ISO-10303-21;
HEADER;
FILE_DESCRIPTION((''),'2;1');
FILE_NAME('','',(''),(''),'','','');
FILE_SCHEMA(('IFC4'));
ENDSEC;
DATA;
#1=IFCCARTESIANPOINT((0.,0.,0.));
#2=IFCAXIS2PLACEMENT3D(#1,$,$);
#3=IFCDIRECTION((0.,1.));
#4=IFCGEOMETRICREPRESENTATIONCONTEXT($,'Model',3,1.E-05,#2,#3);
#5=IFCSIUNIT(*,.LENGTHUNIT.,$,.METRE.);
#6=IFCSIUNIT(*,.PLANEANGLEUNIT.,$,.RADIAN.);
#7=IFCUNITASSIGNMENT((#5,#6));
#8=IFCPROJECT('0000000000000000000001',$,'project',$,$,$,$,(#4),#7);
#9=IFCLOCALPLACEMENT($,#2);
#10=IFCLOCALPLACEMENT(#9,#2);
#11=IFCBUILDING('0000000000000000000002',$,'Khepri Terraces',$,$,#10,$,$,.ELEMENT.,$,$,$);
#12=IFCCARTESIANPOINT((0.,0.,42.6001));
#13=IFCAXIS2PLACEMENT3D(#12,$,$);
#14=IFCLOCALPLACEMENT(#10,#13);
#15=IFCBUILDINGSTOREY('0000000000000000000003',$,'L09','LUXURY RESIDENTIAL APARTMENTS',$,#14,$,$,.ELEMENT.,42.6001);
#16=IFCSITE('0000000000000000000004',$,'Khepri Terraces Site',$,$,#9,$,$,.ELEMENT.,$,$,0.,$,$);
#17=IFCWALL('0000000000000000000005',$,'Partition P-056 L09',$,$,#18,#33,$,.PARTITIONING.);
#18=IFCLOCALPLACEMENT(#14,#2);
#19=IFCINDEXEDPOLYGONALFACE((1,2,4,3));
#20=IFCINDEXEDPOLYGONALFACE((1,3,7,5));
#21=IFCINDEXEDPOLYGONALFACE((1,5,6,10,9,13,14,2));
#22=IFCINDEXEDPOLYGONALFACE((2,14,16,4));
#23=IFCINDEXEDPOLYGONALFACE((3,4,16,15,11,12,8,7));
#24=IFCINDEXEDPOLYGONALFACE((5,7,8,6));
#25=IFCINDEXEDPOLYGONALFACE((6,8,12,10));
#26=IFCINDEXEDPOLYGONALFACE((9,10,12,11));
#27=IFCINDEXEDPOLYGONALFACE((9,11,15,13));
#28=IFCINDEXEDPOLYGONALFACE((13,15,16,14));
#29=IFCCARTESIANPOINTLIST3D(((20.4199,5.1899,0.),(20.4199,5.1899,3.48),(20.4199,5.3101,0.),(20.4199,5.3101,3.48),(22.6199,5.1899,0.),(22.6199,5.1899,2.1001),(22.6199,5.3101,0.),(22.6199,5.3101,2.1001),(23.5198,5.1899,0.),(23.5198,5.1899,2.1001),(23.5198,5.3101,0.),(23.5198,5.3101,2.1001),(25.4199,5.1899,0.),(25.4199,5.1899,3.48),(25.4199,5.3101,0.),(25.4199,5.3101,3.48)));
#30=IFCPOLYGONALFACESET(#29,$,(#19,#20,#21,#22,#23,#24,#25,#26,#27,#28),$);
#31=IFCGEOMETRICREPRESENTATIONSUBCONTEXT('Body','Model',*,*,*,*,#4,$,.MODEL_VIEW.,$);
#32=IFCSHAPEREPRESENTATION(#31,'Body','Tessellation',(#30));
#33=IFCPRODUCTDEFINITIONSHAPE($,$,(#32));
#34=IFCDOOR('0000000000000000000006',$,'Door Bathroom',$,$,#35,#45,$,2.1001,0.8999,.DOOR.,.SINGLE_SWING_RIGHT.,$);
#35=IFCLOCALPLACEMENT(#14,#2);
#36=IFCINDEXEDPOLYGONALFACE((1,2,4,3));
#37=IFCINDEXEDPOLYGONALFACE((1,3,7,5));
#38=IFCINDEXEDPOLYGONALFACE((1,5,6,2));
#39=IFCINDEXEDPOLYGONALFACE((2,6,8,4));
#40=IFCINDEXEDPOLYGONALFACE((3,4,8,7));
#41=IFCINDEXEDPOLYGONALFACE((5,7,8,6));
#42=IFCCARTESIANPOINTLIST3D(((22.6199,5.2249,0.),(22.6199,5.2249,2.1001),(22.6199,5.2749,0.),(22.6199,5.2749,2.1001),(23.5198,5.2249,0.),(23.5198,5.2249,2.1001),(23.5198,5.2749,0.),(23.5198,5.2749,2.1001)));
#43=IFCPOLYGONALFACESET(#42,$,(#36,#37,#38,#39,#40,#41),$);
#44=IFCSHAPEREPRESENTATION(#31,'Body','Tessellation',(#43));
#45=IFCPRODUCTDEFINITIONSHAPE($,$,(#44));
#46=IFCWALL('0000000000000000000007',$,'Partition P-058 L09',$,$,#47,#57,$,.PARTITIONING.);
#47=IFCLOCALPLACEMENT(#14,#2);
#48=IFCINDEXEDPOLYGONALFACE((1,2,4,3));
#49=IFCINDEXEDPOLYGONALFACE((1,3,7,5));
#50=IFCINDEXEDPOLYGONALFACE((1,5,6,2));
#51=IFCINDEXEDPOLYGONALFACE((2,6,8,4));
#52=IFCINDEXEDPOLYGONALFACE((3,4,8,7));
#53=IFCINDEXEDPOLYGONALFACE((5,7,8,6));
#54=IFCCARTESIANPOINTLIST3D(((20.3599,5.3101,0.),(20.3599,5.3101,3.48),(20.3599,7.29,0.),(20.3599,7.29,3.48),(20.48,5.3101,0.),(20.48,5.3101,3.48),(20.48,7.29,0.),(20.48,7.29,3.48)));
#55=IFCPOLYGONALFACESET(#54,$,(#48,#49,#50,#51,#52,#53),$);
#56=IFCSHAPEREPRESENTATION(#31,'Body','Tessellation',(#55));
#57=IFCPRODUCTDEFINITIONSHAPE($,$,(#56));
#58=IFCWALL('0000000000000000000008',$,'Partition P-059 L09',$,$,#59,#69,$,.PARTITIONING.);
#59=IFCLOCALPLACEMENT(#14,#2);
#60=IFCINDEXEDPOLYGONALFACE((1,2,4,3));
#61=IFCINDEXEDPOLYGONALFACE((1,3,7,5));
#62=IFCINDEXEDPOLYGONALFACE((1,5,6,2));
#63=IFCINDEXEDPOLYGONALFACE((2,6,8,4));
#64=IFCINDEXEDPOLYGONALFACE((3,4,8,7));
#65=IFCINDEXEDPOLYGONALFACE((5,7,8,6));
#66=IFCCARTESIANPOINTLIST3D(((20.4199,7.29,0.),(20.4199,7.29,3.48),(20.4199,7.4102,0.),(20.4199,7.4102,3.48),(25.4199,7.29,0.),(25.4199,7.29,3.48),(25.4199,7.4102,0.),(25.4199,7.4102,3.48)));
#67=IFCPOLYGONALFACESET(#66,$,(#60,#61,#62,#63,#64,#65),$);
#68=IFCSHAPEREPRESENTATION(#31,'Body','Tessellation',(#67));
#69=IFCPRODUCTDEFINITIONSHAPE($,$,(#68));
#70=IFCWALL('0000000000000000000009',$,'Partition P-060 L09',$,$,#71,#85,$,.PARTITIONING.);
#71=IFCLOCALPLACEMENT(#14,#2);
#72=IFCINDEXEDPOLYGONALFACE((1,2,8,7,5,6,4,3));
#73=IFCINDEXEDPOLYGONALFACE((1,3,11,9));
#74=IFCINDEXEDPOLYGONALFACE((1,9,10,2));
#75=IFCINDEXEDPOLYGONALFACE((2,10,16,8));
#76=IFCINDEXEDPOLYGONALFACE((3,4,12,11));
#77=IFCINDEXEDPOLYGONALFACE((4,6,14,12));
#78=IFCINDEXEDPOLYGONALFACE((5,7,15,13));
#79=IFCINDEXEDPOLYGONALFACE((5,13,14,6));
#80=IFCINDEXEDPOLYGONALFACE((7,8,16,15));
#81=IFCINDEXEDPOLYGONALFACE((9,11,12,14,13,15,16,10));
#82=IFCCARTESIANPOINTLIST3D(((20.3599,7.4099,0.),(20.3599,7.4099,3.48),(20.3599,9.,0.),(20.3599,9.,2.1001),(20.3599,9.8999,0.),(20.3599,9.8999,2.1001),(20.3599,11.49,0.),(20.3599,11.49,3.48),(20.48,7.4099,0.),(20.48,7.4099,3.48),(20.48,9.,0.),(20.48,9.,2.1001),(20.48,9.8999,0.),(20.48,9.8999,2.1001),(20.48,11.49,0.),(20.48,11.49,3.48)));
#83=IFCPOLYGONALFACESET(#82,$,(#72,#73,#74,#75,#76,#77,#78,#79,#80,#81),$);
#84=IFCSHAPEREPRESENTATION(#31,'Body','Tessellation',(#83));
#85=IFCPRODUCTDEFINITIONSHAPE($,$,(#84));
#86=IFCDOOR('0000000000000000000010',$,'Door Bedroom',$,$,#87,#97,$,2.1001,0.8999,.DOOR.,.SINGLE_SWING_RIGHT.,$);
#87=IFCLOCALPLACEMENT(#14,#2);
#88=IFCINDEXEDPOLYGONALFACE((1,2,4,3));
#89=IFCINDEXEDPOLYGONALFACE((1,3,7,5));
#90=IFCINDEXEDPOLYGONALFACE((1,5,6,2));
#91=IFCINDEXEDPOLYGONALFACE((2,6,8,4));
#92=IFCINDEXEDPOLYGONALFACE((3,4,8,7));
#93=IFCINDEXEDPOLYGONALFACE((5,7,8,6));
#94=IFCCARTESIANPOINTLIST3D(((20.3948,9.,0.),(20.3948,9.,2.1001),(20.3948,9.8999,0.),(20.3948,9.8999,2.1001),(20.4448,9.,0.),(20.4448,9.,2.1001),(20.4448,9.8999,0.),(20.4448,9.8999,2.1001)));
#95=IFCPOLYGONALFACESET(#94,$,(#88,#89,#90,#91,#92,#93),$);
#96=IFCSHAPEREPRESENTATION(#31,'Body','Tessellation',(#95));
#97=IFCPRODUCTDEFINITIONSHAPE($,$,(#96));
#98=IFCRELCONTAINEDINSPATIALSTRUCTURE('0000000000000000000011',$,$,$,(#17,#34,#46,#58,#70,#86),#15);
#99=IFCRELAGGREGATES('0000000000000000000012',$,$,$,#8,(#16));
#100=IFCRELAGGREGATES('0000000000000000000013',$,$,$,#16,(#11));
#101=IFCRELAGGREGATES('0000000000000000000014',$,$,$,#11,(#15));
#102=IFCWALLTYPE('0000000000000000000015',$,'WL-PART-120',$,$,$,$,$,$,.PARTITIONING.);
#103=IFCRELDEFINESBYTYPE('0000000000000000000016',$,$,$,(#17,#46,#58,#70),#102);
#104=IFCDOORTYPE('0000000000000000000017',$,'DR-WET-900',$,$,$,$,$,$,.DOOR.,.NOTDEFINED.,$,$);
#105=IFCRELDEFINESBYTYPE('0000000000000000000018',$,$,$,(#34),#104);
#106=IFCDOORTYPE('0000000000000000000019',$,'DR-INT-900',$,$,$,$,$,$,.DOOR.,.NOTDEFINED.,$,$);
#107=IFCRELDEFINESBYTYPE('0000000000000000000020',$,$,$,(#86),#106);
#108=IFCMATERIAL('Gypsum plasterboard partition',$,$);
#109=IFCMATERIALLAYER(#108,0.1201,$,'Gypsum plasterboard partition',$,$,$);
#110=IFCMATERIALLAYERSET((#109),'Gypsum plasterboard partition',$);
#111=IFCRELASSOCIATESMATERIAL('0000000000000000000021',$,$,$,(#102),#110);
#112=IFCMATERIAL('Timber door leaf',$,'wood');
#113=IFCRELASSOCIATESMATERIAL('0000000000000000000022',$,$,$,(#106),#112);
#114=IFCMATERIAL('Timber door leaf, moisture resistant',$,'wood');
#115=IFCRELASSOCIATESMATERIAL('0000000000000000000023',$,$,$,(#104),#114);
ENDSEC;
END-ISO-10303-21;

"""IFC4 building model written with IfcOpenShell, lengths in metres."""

from ifc_helpers import new_model, si_unit, direction, frame, frame_2d, origin, place, context, subcontext, project, spatial, rectangle, extrude, material, layer, layer_set, type_object, element, fill, save


model = new_model("IFC4")

# Units and contexts
model_context = context("Model", 3, precision=1e-05, world=origin(), true_north=direction((0.0, 1.0)))
body_context = subcontext(model_context, "Body", "Model", "MODEL_VIEW")
ifc_project = project(units=[si_unit("LENGTHUNIT", "METRE"), si_unit("PLANEANGLEUNIT", "RADIAN")], contexts=[model_context])

# Site, building, storey
site_placement = place(None, origin())
site = spatial("IfcSite", under=ifc_project, at=site_placement, Name="Khepri Terraces Site", CompositionType="ELEMENT", RefElevation=0.0)
building_placement = place(site_placement, origin())
building = spatial("IfcBuilding", under=site, at=building_placement, Name="Khepri Terraces", CompositionType="ELEMENT")
storey_placement = place(building_placement, frame((0.0, 0.0, 42.6001)))
storey = spatial("IfcBuildingStorey", under=building, at=storey_placement, Name="L09", Description="LUXURY RESIDENTIAL APARTMENTS", CompositionType="ELEMENT", Elevation=42.6001)

# Shared definitions
ifc_material_1 = material(Name="Gypsum plasterboard partition")
ifc_layer_1 = layer(ifc_material_1, 0.1201, Name="Gypsum plasterboard partition")
ifc_layer_set_1 = layer_set([ifc_layer_1], Name="Gypsum plasterboard partition")
wall_type_1 = type_object("IfcWallType", Name="WL-PART-120", PredefinedType="PARTITIONING", material=ifc_layer_set_1)

# Shared definitions
ifc_material_2 = material(Name="Timber door leaf", Category="wood")
door_type_1 = type_object("IfcDoorType", Name="DR-INT-900", OperationType="NOTDEFINED", PredefinedType="DOOR", material=ifc_material_2)

# Wall, opening, door
wall_1_placement = place(storey_placement, frame((20.4199, 5.25, 0.0), z_axis=(0.0, 0.0, 1.0), x_axis=(1.0, 0.0, 0.0)))
wall_1 = element("IfcWall", 1, at=wall_1_placement, inside=storey, type_object=wall_type_1, Name="Partition P-056 L09", PredefinedType="PARTITIONING", context=body_context, shape_type="SweptSolid", body=[
    extrude(rectangle(XDim=5.0, YDim=0.1201, at=frame_2d((2.5, 0.0))), origin(), (0.0, 0.0, 1.0), 3.48),
])
opening_1_placement = place(wall_1_placement, frame((2.2, 0.0, 0.0)))
opening_1 = element("IfcOpeningElement", 2, at=opening_1_placement, cuts=wall_1, PredefinedType="OPENING", context=body_context, shape_type="SweptSolid", body=[
    extrude(rectangle(XDim=0.8999, YDim=2.1001, at=frame_2d((0.45, 1.05))), frame((0.0, 0.0701, 0.0), z_axis=(0.0, -1.0, 0.0), x_axis=(1.0, 0.0, 0.0)), (0.0, 0.0, 1.0), 0.1401),
])
ifc_material_3 = material(Name="Timber door leaf, moisture resistant", Category="wood")
door_type_2 = type_object("IfcDoorType", Name="DR-WET-900", OperationType="NOTDEFINED", PredefinedType="DOOR", material=ifc_material_3)
door_1_placement = place(opening_1_placement, origin())
door_1 = element("IfcDoor", 3, at=door_1_placement, inside=storey, type_object=door_type_2, Name="Door Bathroom", OperationType="SINGLE_SWING_RIGHT", OverallHeight=2.1001, OverallWidth=0.8999, PredefinedType="DOOR", context=body_context, shape_type="SweptSolid", body=[
    extrude(rectangle(XDim=0.8999, YDim=2.1001, at=frame_2d((0.45, 1.05))), frame((0.0, 0.0249, 0.0), z_axis=(0.0, -1.0, 0.0), x_axis=(1.0, 0.0, 0.0)), (0.0, 0.0, 1.0), 0.05),
])
fill(opening_1, door_1)

# Walls
wall_2_placement = place(storey_placement, frame((20.4199, 5.3101, 0.0), z_axis=(0.0, 0.0, 1.0), x_axis=(0.0, 1.0, 0.0)))
element("IfcWall", 4, at=wall_2_placement, inside=storey, type_object=wall_type_1, Name="Partition P-058 L09", PredefinedType="PARTITIONING", context=body_context, shape_type="SweptSolid", body=[
    extrude(rectangle(XDim=1.98, YDim=0.1201, at=frame_2d((0.99, 0.0))), origin(), (0.0, 0.0, 1.0), 3.48),
])
wall_3_placement = place(storey_placement, frame((20.4199, 7.3501, 0.0), z_axis=(0.0, 0.0, 1.0), x_axis=(1.0, 0.0, 0.0)))
element("IfcWall", 5, at=wall_3_placement, inside=storey, type_object=wall_type_1, Name="Partition P-059 L09", PredefinedType="PARTITIONING", context=body_context, shape_type="SweptSolid", body=[
    extrude(rectangle(XDim=5.0, YDim=0.1201, at=frame_2d((2.5, 0.0))), origin(), (0.0, 0.0, 1.0), 3.48),
])

# Wall, opening, door
wall_4_placement = place(storey_placement, frame((20.4199, 7.4099, 0.0), z_axis=(0.0, 0.0, 1.0), x_axis=(0.0, 1.0, 0.0)))
wall_4 = element("IfcWall", 6, at=wall_4_placement, inside=storey, type_object=wall_type_1, Name="Partition P-060 L09", PredefinedType="PARTITIONING", context=body_context, shape_type="SweptSolid", body=[
    extrude(rectangle(XDim=4.0801, YDim=0.1201, at=frame_2d((2.04, 0.0))), origin(), (0.0, 0.0, 1.0), 3.48),
])
opening_2_placement = place(wall_4_placement, frame((1.5901, 0.0, 0.0)))
opening_2 = element("IfcOpeningElement", 7, at=opening_2_placement, cuts=wall_4, PredefinedType="OPENING", context=body_context, shape_type="SweptSolid", body=[
    extrude(rectangle(XDim=0.8999, YDim=2.1001, at=frame_2d((0.45, 1.05))), frame((0.0, 0.0701, 0.0), z_axis=(0.0, -1.0, 0.0), x_axis=(1.0, 0.0, 0.0)), (0.0, 0.0, 1.0), 0.1401),
])
door_2_placement = place(opening_2_placement, frame((0.8999, 0.0, 0.0), z_axis=(0.0, 0.0, 1.0), x_axis=(-1.0, 0.0, 0.0)))
door_2 = element("IfcDoor", 8, at=door_2_placement, inside=storey, type_object=door_type_1, Name="Door Bedroom", OperationType="SINGLE_SWING_RIGHT", OverallHeight=2.1001, OverallWidth=0.8999, PredefinedType="DOOR", context=body_context, shape_type="SweptSolid", body=[
    extrude(rectangle(XDim=0.8999, YDim=2.1001, at=frame_2d((0.45, 1.05))), frame((0.0, 0.0249, 0.0), z_axis=(0.0, -1.0, 0.0), x_axis=(1.0, 0.0, 0.0)), (0.0, 0.0, 1.0), 0.05),
])
fill(opening_2, door_2)

save(model, "model.ifc")
